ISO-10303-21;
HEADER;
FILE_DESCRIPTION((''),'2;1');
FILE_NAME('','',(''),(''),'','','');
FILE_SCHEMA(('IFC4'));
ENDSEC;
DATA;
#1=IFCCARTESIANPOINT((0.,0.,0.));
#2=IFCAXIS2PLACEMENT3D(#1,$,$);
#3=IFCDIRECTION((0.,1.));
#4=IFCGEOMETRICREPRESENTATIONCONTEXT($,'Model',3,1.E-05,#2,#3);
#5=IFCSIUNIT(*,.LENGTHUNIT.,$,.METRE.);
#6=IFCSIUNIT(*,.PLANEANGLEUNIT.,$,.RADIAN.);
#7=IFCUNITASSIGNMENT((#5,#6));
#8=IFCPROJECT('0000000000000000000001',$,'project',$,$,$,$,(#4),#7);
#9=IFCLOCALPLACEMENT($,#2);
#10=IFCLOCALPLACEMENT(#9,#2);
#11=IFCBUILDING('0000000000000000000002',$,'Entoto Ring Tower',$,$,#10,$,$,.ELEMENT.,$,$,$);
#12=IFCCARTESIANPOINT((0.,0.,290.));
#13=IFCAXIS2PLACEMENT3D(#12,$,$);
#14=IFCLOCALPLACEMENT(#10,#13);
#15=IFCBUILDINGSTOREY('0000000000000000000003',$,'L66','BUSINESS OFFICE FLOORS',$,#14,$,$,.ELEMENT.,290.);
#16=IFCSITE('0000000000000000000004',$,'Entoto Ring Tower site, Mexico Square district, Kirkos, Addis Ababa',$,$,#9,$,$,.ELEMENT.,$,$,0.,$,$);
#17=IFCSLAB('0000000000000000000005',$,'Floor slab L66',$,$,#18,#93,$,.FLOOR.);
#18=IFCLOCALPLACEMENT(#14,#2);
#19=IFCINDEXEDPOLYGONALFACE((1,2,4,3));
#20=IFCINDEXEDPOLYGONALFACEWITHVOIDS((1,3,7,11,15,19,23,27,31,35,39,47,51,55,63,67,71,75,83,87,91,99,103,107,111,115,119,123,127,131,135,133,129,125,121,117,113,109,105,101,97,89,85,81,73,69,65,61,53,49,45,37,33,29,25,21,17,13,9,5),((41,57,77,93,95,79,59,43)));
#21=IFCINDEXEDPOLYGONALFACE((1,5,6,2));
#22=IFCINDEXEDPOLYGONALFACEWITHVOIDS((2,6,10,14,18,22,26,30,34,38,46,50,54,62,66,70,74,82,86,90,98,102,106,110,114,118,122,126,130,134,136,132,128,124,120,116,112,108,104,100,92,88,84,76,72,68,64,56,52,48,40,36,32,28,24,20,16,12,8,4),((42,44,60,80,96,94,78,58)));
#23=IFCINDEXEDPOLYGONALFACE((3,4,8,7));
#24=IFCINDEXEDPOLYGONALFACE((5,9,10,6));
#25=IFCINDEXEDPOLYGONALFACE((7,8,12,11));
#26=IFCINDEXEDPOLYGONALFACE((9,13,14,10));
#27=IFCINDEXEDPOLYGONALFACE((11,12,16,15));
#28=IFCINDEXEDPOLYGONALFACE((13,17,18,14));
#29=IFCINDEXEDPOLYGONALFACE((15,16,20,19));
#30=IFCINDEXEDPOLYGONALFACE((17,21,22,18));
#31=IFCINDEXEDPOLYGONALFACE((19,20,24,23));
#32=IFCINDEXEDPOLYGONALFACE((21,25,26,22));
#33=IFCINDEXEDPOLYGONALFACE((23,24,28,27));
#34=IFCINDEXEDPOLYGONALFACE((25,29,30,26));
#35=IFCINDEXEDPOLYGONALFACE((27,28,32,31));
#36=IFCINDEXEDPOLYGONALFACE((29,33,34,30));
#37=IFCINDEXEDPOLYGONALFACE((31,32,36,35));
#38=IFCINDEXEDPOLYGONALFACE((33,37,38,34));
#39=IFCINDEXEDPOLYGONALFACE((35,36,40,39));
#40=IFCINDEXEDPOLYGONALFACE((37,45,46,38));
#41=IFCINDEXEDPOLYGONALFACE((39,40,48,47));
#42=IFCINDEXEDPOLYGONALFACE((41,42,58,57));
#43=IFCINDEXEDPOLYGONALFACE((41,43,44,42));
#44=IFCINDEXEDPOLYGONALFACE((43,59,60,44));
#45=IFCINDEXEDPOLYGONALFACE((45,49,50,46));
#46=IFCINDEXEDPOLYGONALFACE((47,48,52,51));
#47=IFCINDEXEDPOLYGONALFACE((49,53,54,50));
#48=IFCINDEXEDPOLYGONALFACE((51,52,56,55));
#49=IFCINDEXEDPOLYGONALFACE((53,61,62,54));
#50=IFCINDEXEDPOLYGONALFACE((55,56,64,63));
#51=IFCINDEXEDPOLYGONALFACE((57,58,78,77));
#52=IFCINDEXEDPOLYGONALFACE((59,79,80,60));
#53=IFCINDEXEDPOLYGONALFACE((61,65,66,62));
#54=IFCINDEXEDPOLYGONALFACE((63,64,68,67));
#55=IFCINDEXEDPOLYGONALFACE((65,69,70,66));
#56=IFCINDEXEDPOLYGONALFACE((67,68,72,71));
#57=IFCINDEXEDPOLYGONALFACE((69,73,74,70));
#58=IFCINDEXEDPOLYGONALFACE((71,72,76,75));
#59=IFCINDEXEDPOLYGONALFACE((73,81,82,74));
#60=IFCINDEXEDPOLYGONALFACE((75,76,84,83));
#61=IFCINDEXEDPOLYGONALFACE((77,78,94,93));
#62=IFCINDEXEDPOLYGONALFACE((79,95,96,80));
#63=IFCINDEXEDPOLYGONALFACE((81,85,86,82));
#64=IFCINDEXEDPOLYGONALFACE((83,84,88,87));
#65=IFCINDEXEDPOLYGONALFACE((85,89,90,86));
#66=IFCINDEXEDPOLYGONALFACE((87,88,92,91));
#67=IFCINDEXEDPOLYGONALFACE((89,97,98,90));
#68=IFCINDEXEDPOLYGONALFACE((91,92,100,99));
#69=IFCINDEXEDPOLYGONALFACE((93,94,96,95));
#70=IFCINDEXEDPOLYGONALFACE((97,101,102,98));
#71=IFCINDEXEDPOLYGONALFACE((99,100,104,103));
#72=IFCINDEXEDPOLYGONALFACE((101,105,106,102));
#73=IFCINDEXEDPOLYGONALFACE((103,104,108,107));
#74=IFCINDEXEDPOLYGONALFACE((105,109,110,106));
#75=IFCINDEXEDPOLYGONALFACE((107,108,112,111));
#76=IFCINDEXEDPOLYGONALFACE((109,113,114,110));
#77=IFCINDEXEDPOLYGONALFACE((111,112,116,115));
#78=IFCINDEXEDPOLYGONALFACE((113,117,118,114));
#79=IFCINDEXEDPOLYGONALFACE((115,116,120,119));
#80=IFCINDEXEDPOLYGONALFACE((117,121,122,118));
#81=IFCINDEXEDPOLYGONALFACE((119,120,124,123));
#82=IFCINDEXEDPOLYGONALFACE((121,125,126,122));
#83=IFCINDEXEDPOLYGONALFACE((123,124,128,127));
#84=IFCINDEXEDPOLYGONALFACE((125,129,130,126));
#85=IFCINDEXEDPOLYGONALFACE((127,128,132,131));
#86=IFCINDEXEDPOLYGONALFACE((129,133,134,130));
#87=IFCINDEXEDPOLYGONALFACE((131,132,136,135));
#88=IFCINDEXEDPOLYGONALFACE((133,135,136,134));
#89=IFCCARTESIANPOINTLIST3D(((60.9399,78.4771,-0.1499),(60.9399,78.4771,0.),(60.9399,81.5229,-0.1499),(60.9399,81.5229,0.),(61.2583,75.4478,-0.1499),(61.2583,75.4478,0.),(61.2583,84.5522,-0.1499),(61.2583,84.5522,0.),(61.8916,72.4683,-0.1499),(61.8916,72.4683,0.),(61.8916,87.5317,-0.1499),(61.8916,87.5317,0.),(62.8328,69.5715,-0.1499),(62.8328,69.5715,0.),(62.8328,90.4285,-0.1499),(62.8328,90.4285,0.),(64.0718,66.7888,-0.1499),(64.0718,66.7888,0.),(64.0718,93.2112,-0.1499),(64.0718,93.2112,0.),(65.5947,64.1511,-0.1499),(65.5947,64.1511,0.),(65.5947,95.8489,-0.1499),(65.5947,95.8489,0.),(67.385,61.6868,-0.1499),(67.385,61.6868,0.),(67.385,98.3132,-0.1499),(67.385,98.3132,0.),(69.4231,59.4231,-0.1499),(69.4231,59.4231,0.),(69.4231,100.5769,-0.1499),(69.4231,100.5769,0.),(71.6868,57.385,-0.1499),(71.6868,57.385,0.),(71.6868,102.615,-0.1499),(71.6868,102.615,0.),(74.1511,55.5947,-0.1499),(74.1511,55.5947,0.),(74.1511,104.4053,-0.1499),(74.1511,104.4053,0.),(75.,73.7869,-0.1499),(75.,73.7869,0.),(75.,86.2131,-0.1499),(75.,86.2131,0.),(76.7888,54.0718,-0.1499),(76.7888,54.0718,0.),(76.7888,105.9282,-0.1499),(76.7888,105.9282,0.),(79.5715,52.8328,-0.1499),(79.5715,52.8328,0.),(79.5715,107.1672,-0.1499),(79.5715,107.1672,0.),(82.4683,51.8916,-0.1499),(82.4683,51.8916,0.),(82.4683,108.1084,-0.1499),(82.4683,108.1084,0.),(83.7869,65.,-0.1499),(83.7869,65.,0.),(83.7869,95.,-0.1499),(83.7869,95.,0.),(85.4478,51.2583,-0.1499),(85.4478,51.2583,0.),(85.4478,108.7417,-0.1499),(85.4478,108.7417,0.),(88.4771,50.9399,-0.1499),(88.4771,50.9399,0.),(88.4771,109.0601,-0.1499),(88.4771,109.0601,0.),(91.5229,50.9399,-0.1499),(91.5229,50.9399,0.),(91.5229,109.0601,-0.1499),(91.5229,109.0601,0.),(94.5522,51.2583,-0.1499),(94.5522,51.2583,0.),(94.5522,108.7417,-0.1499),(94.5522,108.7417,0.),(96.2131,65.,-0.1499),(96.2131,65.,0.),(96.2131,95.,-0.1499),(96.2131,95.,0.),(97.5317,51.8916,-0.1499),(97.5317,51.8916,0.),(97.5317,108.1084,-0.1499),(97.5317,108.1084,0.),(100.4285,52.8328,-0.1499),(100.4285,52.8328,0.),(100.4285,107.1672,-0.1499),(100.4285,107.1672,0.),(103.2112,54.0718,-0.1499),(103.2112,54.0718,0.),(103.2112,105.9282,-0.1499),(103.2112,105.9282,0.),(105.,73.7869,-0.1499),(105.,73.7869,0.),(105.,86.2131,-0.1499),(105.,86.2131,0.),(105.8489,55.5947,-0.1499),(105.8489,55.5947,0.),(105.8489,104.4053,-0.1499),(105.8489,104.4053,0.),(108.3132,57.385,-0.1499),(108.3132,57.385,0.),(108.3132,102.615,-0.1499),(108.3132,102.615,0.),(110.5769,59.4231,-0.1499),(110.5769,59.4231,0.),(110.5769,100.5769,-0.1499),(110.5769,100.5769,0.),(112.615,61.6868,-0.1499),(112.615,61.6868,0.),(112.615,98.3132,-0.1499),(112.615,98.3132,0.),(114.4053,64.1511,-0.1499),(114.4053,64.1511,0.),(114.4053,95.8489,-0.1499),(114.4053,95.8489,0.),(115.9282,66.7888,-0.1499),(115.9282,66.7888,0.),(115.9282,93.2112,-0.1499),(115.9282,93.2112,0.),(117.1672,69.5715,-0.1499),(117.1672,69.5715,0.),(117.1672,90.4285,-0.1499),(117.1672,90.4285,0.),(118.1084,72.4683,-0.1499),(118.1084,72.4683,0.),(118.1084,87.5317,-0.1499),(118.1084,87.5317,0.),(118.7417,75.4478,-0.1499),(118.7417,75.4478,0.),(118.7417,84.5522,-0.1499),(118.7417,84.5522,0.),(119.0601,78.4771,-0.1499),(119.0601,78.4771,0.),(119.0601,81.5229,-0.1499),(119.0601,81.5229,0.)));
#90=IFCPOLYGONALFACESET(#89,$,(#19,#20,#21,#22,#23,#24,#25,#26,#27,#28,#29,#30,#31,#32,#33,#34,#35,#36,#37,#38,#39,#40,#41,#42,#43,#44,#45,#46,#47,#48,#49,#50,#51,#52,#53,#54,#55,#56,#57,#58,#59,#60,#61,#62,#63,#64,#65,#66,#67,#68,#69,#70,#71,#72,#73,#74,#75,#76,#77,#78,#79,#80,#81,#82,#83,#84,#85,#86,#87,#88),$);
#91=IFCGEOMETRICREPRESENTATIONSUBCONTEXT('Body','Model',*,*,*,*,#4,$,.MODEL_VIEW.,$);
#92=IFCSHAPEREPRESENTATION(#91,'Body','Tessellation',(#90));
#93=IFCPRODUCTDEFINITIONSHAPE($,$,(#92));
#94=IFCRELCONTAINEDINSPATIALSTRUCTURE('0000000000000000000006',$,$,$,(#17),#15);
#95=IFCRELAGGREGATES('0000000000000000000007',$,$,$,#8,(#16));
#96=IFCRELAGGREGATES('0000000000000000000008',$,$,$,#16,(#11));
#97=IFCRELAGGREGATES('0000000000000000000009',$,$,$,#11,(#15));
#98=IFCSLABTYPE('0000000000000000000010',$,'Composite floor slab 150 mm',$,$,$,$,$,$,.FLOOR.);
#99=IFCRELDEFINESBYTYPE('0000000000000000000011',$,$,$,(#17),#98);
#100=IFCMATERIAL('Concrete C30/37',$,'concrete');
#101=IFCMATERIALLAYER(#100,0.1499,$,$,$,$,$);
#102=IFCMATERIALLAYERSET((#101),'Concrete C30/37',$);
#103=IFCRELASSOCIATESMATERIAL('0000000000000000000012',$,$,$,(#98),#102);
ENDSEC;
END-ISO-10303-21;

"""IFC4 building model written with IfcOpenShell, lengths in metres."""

from ifc_helpers import new_model, si_unit, direction, frame, origin, place, context, subcontext, project, spatial, polyline, outline, extrude, material, layer, layer_set, type_object, element, save


model = new_model("IFC4")

# Units and contexts
model_context = context("Model", 3, precision=1e-05, world=origin(), true_north=direction((0.0, 1.0)))
body_context = subcontext(model_context, "Body", "Model", "MODEL_VIEW")
ifc_project = project(units=[si_unit("LENGTHUNIT", "METRE"), si_unit("PLANEANGLEUNIT", "RADIAN")], contexts=[model_context])

# Site, building, storey
site_placement = place(None, origin())
building_placement = place(site_placement, origin())
storey_placement = place(building_placement, frame((0.0, 0.0, 290.0)))
site = spatial("IfcSite", under=ifc_project, at=site_placement, Name="Entoto Ring Tower site, Mexico Square district, Kirkos, Addis Ababa", CompositionType="ELEMENT", RefElevation=0.0)
building = spatial("IfcBuilding", under=site, at=building_placement, Name="Entoto Ring Tower", CompositionType="ELEMENT")
storey = spatial("IfcBuildingStorey", under=building, at=storey_placement, Name="L66", Description="BUSINESS OFFICE FLOORS", CompositionType="ELEMENT", Elevation=290.0)

# Slab
ifc_material_1 = material(Name="Concrete C30/37", Category="concrete")
ifc_layer_1 = layer(ifc_material_1, 0.1499)
ifc_layer_set_1 = layer_set([ifc_layer_1], Name="Concrete C30/37")
slab_type_1 = type_object("IfcSlabType", Name="Composite floor slab 150 mm", PredefinedType="FLOOR", material=ifc_layer_set_1)
slab_1_placement = place(storey_placement, frame((0.0, 0.0, -0.1499)))
element("IfcSlab", 1, at=slab_1_placement, inside=storey, type_object=slab_type_1, Name="Floor slab L66", PredefinedType="FLOOR", context=body_context, shape_type="SweptSolid", body=[
    extrude(outline(polyline([(118.7417, 84.5522), (118.1084, 87.5317), (117.1672, 90.4285), (115.9282, 93.2112), (114.4053, 95.8489), (112.615, 98.3132), (110.5769, 100.5769), (108.3132, 102.615), (105.8489, 104.4053), (103.2112, 105.9282), (100.4285, 107.1672), (97.5317, 108.1084), (94.5522, 108.7417), (91.5229, 109.0601), (88.4771, 109.0601), (85.4478, 108.7417), (82.4683, 108.1084), (79.5715, 107.1672), (76.7888, 105.9282), (74.1511, 104.4053), (71.6868, 102.615), (69.4231, 100.5769), (67.385, 98.3132), (65.5947, 95.8489), (64.0718, 93.2112), (62.8328, 90.4285), (61.8916, 87.5317), (61.2583, 84.5522), (60.9399, 81.5229), (60.9399, 78.4771), (61.2583, 75.4478), (61.8916, 72.4683), (62.8328, 69.5715), (64.0718, 66.7888), (65.5947, 64.1511), (67.385, 61.6868), (69.4231, 59.4231), (71.6868, 57.385), (74.1511, 55.5947), (76.7888, 54.0718), (79.5715, 52.8328), (82.4683, 51.8916), (85.4478, 51.2583), (88.4771, 50.9399), (91.5229, 50.9399), (94.5522, 51.2583), (97.5317, 51.8916), (100.4285, 52.8328), (103.2112, 54.0718), (105.8489, 55.5947), (108.3132, 57.385), (110.5769, 59.4231), (112.615, 61.6868), (114.4053, 64.1511), (115.9282, 66.7888), (117.1672, 69.5715), (118.1084, 72.4683), (118.7417, 75.4478), (119.0601, 78.4771), (119.0601, 81.5229), (118.7417, 84.5522)]), holes=[polyline([(105.0, 73.7869), (105.0, 86.2131), (96.2131, 95.0), (83.7869, 95.0), (75.0, 86.2131), (75.0, 73.7869), (83.7869, 65.0), (96.2131, 65.0), (105.0, 73.7869)])]), origin(), (0.0, 0.0, 1.0), 0.1499),
])

save(model, "model.ifc")
